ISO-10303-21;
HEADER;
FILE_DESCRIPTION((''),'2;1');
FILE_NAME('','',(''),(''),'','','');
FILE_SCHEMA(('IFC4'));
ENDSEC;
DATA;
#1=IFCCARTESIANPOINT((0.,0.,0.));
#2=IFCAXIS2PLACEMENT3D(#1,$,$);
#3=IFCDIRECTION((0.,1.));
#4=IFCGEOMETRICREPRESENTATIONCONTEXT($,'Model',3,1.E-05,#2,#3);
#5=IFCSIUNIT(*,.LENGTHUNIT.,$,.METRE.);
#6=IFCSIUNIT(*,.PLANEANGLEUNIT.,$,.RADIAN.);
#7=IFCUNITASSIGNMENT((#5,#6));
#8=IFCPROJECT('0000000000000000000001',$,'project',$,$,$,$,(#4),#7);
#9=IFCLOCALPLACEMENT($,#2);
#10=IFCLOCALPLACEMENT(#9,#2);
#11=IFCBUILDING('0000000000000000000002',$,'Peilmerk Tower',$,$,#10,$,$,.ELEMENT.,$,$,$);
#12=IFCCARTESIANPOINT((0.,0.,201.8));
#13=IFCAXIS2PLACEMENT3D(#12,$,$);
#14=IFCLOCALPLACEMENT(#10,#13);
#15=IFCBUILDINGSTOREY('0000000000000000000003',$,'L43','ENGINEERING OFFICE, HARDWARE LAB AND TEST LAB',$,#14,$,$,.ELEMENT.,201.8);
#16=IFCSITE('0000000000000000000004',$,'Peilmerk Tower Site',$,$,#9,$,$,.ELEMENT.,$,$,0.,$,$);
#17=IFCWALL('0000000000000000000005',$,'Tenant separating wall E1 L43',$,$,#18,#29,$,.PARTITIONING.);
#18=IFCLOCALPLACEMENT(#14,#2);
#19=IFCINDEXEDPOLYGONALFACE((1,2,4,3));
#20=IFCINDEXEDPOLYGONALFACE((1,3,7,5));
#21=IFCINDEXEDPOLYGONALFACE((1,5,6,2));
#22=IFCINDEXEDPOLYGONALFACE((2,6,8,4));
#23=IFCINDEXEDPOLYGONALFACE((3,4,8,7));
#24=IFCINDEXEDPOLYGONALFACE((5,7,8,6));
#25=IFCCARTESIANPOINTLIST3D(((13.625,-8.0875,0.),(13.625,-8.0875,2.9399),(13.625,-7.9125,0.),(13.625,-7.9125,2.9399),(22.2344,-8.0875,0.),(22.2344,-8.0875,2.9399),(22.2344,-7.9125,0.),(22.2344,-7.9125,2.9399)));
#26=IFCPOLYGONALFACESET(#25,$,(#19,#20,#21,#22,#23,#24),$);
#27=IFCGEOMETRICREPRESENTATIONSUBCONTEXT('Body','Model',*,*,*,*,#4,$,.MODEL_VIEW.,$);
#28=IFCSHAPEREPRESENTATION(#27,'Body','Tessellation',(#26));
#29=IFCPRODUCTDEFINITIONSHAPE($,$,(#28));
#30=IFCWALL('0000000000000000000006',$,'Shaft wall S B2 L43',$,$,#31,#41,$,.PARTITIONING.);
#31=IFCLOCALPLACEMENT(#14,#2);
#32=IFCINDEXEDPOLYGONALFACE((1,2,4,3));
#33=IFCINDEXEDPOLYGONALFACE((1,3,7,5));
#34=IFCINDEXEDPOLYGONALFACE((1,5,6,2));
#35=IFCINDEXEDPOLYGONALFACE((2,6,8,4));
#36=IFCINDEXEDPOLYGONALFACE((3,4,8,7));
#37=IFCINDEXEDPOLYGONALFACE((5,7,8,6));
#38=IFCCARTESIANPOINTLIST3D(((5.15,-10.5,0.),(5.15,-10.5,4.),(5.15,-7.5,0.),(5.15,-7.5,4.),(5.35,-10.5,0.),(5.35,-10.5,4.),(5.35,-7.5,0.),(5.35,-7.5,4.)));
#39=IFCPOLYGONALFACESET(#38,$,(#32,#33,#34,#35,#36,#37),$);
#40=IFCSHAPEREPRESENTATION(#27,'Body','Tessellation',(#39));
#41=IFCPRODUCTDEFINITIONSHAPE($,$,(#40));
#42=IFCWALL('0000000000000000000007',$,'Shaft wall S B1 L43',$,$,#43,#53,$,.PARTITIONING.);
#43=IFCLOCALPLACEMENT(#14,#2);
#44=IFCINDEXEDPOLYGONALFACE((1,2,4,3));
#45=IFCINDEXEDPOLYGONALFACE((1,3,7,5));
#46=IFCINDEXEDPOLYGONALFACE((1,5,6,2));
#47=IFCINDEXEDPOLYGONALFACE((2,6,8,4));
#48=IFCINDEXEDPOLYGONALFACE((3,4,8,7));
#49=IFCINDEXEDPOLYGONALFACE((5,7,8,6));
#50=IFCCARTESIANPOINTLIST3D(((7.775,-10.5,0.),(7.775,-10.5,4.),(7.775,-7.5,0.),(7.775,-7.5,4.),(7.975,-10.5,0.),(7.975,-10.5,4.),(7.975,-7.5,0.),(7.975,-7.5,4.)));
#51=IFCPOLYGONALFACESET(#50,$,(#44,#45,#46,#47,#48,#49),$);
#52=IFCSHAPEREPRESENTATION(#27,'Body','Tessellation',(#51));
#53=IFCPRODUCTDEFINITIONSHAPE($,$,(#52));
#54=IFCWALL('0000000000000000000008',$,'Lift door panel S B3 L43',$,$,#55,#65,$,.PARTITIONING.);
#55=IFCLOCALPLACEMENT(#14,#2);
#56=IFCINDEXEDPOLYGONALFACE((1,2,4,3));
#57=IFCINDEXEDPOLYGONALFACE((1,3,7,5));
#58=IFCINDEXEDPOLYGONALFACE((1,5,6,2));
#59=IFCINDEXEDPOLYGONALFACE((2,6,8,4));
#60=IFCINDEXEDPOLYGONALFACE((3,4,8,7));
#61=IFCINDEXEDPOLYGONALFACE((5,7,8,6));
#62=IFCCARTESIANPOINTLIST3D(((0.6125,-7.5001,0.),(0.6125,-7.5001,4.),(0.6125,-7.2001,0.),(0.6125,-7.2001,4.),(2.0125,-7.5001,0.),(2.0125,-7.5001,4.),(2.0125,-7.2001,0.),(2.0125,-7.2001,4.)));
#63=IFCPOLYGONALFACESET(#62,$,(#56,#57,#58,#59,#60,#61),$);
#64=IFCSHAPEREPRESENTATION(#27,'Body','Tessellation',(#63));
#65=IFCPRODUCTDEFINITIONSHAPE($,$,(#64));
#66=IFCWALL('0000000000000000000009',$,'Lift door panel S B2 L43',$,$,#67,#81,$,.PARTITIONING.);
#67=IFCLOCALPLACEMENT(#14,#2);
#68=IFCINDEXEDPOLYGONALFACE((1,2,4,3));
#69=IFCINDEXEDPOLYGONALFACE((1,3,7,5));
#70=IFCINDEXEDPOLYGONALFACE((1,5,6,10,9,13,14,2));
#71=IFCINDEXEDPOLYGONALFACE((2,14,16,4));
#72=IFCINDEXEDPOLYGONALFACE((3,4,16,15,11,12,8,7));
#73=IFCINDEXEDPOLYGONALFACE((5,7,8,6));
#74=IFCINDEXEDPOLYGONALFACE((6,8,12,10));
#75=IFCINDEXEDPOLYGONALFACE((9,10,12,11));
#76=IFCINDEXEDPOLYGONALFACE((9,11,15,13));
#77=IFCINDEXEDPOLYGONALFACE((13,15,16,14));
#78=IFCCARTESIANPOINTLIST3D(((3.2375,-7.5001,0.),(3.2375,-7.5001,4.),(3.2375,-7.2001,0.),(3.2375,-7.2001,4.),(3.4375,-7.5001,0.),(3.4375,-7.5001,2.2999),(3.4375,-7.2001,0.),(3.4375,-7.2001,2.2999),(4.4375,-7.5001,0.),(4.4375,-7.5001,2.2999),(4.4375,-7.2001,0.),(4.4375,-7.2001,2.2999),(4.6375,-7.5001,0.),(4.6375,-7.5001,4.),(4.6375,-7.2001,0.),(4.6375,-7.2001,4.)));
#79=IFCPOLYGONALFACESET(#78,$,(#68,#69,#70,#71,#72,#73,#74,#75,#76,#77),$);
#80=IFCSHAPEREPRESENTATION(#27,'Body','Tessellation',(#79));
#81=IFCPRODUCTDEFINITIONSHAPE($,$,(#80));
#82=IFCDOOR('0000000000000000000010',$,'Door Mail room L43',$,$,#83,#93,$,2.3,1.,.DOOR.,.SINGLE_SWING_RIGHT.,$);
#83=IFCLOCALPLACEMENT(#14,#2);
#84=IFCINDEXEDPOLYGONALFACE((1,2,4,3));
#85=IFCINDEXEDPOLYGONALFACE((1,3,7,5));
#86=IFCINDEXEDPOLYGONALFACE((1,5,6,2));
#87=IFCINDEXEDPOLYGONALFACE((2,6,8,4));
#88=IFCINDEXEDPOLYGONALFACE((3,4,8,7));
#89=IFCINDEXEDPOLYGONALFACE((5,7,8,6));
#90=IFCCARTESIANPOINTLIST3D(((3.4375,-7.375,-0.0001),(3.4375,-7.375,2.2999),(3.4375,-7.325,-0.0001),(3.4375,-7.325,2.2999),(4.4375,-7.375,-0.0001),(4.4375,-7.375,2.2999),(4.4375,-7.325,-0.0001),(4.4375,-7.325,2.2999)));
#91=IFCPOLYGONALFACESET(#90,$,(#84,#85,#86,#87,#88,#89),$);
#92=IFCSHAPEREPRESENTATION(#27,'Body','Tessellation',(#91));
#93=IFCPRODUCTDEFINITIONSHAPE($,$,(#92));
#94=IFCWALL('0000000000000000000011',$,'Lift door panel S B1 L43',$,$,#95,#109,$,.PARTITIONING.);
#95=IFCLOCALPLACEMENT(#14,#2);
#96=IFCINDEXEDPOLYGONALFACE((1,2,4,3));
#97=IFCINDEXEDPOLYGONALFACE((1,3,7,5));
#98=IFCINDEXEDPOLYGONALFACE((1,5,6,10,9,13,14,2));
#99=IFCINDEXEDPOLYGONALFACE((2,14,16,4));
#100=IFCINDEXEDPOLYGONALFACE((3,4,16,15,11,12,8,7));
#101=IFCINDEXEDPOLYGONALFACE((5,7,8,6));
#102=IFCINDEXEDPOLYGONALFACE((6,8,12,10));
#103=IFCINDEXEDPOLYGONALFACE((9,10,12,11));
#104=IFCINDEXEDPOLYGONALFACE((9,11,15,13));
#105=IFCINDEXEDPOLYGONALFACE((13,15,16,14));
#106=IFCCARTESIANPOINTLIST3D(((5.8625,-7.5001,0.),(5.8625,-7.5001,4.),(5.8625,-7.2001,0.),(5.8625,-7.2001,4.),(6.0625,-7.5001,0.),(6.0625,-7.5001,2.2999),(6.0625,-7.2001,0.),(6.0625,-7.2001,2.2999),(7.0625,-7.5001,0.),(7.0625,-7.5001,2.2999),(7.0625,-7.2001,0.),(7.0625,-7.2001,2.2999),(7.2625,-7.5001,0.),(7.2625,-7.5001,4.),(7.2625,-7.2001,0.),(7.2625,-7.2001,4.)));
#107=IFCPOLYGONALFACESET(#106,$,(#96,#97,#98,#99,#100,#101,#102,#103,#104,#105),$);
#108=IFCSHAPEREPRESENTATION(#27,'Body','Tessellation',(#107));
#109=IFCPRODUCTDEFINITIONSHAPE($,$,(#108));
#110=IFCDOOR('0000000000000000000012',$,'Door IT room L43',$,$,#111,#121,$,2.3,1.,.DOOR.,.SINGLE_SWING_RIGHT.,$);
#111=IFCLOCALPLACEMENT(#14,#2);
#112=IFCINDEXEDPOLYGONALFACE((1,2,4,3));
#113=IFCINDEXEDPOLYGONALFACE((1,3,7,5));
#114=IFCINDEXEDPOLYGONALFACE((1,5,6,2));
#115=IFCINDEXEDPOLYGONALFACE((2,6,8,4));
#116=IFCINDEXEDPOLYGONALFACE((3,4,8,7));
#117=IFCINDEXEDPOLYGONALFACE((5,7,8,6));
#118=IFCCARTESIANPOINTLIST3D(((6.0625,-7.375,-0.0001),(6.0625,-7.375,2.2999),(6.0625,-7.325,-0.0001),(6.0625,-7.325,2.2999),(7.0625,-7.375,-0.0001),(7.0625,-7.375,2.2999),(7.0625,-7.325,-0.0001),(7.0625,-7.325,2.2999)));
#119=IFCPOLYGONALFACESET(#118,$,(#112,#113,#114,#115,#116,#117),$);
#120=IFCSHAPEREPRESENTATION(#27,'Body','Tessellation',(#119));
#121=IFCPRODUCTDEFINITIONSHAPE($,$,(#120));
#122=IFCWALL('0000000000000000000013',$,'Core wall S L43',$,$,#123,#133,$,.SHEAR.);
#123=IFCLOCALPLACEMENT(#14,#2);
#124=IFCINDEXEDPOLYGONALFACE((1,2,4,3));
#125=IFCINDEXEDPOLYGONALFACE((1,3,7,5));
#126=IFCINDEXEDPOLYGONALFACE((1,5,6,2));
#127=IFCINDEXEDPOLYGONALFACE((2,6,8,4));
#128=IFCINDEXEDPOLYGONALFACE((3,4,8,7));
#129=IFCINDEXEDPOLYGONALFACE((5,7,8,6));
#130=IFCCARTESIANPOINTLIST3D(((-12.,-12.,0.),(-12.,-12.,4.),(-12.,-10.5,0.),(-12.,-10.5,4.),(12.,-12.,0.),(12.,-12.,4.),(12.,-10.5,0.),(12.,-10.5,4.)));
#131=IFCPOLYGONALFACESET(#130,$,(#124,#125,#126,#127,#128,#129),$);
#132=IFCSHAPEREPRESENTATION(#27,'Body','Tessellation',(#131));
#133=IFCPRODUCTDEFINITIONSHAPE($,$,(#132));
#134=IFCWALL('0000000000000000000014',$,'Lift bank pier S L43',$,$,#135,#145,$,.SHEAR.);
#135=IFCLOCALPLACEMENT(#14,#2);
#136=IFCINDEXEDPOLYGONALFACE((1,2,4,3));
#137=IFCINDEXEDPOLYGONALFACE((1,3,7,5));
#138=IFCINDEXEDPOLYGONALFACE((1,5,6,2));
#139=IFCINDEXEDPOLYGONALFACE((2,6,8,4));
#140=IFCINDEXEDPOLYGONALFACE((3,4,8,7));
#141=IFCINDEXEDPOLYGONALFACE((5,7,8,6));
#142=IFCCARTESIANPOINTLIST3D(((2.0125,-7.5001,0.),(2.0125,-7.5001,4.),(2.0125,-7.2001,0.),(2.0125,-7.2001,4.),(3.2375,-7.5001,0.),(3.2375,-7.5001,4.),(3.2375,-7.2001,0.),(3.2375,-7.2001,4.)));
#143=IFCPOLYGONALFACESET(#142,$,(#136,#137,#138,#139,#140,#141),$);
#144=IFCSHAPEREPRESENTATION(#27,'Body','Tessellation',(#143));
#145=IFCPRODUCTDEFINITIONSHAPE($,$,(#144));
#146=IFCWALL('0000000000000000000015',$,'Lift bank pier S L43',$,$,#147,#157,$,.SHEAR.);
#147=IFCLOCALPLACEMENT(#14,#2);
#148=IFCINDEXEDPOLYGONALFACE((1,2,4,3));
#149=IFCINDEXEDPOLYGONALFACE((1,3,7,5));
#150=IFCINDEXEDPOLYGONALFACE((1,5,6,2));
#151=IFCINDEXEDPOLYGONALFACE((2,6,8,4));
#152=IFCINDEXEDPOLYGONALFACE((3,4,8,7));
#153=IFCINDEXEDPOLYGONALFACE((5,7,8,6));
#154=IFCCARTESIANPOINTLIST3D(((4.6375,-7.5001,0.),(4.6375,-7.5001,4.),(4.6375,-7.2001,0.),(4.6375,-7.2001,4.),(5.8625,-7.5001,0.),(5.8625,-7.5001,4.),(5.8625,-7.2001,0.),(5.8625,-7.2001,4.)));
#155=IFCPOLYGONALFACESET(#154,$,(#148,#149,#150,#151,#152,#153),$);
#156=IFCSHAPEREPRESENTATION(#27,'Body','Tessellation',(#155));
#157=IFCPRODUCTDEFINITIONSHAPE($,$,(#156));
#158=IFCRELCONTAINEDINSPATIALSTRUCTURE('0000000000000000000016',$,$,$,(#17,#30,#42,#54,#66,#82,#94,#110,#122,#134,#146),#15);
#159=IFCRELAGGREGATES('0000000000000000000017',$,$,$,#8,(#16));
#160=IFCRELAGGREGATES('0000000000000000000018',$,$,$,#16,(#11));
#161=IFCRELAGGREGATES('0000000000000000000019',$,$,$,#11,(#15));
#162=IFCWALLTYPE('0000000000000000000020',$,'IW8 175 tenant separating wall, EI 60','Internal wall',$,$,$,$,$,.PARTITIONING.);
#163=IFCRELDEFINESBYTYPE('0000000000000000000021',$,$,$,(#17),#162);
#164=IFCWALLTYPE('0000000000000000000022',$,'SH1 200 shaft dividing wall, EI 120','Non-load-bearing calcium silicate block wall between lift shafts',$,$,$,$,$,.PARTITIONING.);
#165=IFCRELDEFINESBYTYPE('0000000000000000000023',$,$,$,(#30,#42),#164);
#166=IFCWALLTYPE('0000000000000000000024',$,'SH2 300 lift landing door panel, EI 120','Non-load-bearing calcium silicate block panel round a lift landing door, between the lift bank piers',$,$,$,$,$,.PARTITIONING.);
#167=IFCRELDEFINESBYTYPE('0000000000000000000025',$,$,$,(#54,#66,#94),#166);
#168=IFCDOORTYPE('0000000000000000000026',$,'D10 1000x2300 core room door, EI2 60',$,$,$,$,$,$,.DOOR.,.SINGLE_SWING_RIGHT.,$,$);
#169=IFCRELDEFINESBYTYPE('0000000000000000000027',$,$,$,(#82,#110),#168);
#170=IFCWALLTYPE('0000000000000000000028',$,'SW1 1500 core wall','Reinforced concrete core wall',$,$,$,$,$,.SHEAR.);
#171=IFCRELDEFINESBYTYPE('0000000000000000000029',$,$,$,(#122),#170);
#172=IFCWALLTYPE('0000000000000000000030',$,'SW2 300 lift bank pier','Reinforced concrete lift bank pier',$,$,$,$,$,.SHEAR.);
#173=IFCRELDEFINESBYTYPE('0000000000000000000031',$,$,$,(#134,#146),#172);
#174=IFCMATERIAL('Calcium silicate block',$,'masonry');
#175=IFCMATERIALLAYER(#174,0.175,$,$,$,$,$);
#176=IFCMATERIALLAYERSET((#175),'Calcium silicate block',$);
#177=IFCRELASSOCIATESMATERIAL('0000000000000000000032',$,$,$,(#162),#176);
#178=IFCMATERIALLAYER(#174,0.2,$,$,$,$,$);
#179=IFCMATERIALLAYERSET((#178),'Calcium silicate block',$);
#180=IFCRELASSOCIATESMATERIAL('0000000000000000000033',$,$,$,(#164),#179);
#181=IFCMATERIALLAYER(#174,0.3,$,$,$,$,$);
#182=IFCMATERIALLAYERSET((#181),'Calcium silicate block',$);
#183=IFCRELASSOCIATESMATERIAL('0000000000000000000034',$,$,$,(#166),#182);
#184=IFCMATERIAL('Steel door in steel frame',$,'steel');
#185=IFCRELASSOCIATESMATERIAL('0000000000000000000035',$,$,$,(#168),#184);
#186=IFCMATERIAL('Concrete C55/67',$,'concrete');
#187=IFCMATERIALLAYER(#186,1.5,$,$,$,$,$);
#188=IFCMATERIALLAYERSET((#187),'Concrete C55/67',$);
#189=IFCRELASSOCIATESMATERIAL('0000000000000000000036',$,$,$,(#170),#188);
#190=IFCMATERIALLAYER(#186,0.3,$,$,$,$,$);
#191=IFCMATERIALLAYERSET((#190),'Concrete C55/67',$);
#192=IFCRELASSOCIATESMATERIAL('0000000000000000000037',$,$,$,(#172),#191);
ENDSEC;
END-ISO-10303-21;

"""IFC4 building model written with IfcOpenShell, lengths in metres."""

from ifc_helpers import new_model, si_unit, direction, frame, frame_2d, origin, place, context, subcontext, project, spatial, rectangle, extrude, material, layer, layer_set, type_object, element, fill, save


model = new_model("IFC4")

# Units and contexts
model_context = context("Model", 3, precision=1e-05, world=origin(), true_north=direction((0.0, 1.0)))
body_context = subcontext(model_context, "Body", "Model", "MODEL_VIEW")
ifc_project = project(units=[si_unit("LENGTHUNIT", "METRE"), si_unit("PLANEANGLEUNIT", "RADIAN")], contexts=[model_context])

# Site, building, storey
site_placement = place(None, origin())
site = spatial("IfcSite", under=ifc_project, at=site_placement, Name="Peilmerk Tower Site", CompositionType="ELEMENT", RefElevation=0.0)
building_placement = place(site_placement, origin())
building = spatial("IfcBuilding", under=site, at=building_placement, Name="Peilmerk Tower", CompositionType="ELEMENT")
storey_placement = place(building_placement, frame((0.0, 0.0, 201.8)))
storey = spatial("IfcBuildingStorey", under=building, at=storey_placement, Name="L43", Description="ENGINEERING OFFICE, HARDWARE LAB AND TEST LAB", CompositionType="ELEMENT", Elevation=201.8)

# Shared definitions
ifc_material_1 = material(Name="Calcium silicate block", Category="masonry")

# Walls
ifc_layer_1 = layer(ifc_material_1, 0.175)
ifc_layer_set_1 = layer_set([ifc_layer_1], Name="Calcium silicate block")
wall_type_1 = type_object("IfcWallType", Name="IW8 175 tenant separating wall, EI 60", Description="Internal wall", PredefinedType="PARTITIONING", material=ifc_layer_set_1)
wall_1_placement = place(storey_placement, frame((13.625, -8.0, 0.0), z_axis=(0.0, 0.0, 1.0), x_axis=(1.0, 0.0, 0.0)))
element("IfcWall", 1, at=wall_1_placement, inside=storey, type_object=wall_type_1, Name="Tenant separating wall E1 L43", PredefinedType="PARTITIONING", context=body_context, shape_type="SweptSolid", body=[
    extrude(rectangle(XDim=8.6094, YDim=0.175, at=frame_2d((4.3047, 0.0))), origin(), (0.0, 0.0, 1.0), 2.9399),
])
ifc_layer_2 = layer(ifc_material_1, 0.2)
ifc_layer_set_2 = layer_set([ifc_layer_2], Name="Calcium silicate block")
wall_type_2 = type_object("IfcWallType", Name="SH1 200 shaft dividing wall, EI 120", Description="Non-load-bearing calcium silicate block wall between lift shafts", PredefinedType="PARTITIONING", material=ifc_layer_set_2)
for number, where, z_axis, x_axis, name in (
    (2, (5.25, -10.5, 0.0), (0.0, 0.0, 1.0), (0.0, 1.0, 0.0), "Shaft wall S B2 L43"),
    (3, (7.875, -10.5, 0.0), (0.0, 0.0, 1.0), (0.0, 1.0, 0.0), "Shaft wall S B1 L43"),
):
    element("IfcWall", number, at=place(storey_placement, frame(where, z_axis=z_axis, x_axis=x_axis)), inside=storey, type_object=wall_type_2, Name=name, PredefinedType="PARTITIONING", context=body_context, shape_type="SweptSolid", body=[
        extrude(rectangle(XDim=3.0, YDim=0.2, at=frame_2d((1.5, 0.0))), origin(), (0.0, 0.0, 1.0), 4.0),
    ])
ifc_layer_3 = layer(ifc_material_1, 0.3)
ifc_layer_set_3 = layer_set([ifc_layer_3], Name="Calcium silicate block")
wall_type_3 = type_object("IfcWallType", Name="SH2 300 lift landing door panel, EI 120", Description="Non-load-bearing calcium silicate block panel round a lift landing door, between the lift bank piers", PredefinedType="PARTITIONING", material=ifc_layer_set_3)
wall_2_placement = place(storey_placement, frame((0.6125, -7.3501, 0.0), z_axis=(0.0, 0.0, 1.0), x_axis=(1.0, 0.0, 0.0)))
element("IfcWall", 4, at=wall_2_placement, inside=storey, type_object=wall_type_3, Name="Lift door panel S B3 L43", PredefinedType="PARTITIONING", context=body_context, shape_type="SweptSolid", body=[
    extrude(rectangle(XDim=1.3999, YDim=0.3, at=frame_2d((0.7, 0.0))), origin(), (0.0, 0.0, 1.0), 4.0),
])

# Walls, openings, doors
wall_3_placement = place(storey_placement, frame((3.2375, -7.3501, 0.0), z_axis=(0.0, 0.0, 1.0), x_axis=(1.0, 0.0, 0.0)))
wall_3 = element("IfcWall", 5, at=wall_3_placement, inside=storey, type_object=wall_type_3, Name="Lift door panel S B2 L43", PredefinedType="PARTITIONING", context=body_context, shape_type="SweptSolid", body=[
    extrude(rectangle(XDim=1.3999, YDim=0.3, at=frame_2d((0.7, 0.0))), origin(), (0.0, 0.0, 1.0), 4.0),
])
opening_1_placement = place(wall_3_placement, frame((0.2, 0.0, 0.0)))
opening_1 = element("IfcOpeningElement", 6, at=opening_1_placement, cuts=wall_3, PredefinedType="OPENING", context=body_context, shape_type="SweptSolid", body=[
    extrude(rectangle(XDim=1.0, YDim=2.3, at=frame_2d((0.5, 1.1499))), frame((0.0, 0.1599, 0.0), z_axis=(0.0, -1.0, 0.0), x_axis=(1.0, 0.0, 0.0)), (0.0, 0.0, 1.0), 0.3201),
])
ifc_material_2 = material(Name="Steel door in steel frame", Category="steel")
door_type_1 = type_object("IfcDoorType", Name="D10 1000x2300 core room door, EI2 60", OperationType="SINGLE_SWING_RIGHT", PredefinedType="DOOR", material=ifc_material_2)
door_1_placement = place(opening_1_placement, frame((1.0, 0.0, 0.0), z_axis=(0.0, 0.0, 1.0), x_axis=(-1.0, 0.0, 0.0)))
door_1 = element("IfcDoor", 7, at=door_1_placement, inside=storey, type_object=door_type_1, Name="Door Mail room L43", OperationType="SINGLE_SWING_RIGHT", OverallHeight=2.3, OverallWidth=1.0, PredefinedType="DOOR", context=body_context, shape_type="SweptSolid", body=[
    extrude(rectangle(XDim=1.0, YDim=2.3, at=frame_2d((0.5, 1.1499))), frame((0.0, 0.0249, 0.0), z_axis=(0.0, -1.0, 0.0), x_axis=(1.0, 0.0, 0.0)), (0.0, 0.0, 1.0), 0.05),
])
fill(opening_1, door_1)
wall_4_placement = place(storey_placement, frame((5.8625, -7.3501, 0.0), z_axis=(0.0, 0.0, 1.0), x_axis=(1.0, 0.0, 0.0)))
wall_4 = element("IfcWall", 8, at=wall_4_placement, inside=storey, type_object=wall_type_3, Name="Lift door panel S B1 L43", PredefinedType="PARTITIONING", context=body_context, shape_type="SweptSolid", body=[
    extrude(rectangle(XDim=1.3999, YDim=0.3, at=frame_2d((0.7, 0.0))), origin(), (0.0, 0.0, 1.0), 4.0),
])
opening_2_placement = place(wall_4_placement, frame((0.2, 0.0, 0.0)))
opening_2 = element("IfcOpeningElement", 9, at=opening_2_placement, cuts=wall_4, PredefinedType="OPENING", context=body_context, shape_type="SweptSolid", body=[
    extrude(rectangle(XDim=1.0, YDim=2.3, at=frame_2d((0.5, 1.1499))), frame((0.0, 0.1599, 0.0), z_axis=(0.0, -1.0, 0.0), x_axis=(1.0, 0.0, 0.0)), (0.0, 0.0, 1.0), 0.3201),
])
door_2_placement = place(opening_2_placement, frame((1.0, 0.0, 0.0), z_axis=(0.0, 0.0, 1.0), x_axis=(-1.0, 0.0, 0.0)))
door_2 = element("IfcDoor", 10, at=door_2_placement, inside=storey, type_object=door_type_1, Name="Door IT room L43", OperationType="SINGLE_SWING_RIGHT", OverallHeight=2.3, OverallWidth=1.0, PredefinedType="DOOR", context=body_context, shape_type="SweptSolid", body=[
    extrude(rectangle(XDim=1.0, YDim=2.3, at=frame_2d((0.5, 1.1499))), frame((0.0, 0.0249, 0.0), z_axis=(0.0, -1.0, 0.0), x_axis=(1.0, 0.0, 0.0)), (0.0, 0.0, 1.0), 0.05),
])
fill(opening_2, door_2)

# Walls
ifc_material_3 = material(Name="Concrete C55/67", Category="concrete")
ifc_layer_4 = layer(ifc_material_3, 1.5)
ifc_layer_set_4 = layer_set([ifc_layer_4], Name="Concrete C55/67")
wall_type_4 = type_object("IfcWallType", Name="SW1 1500 core wall", Description="Reinforced concrete core wall", PredefinedType="SHEAR", material=ifc_layer_set_4)
wall_5_placement = place(storey_placement, frame((12.0, -11.25, 0.0), z_axis=(0.0, 0.0, 1.0), x_axis=(-1.0, 0.0, 0.0)))
element("IfcWall", 11, at=wall_5_placement, inside=storey, type_object=wall_type_4, Name="Core wall S L43", PredefinedType="SHEAR", context=body_context, shape_type="SweptSolid", body=[
    extrude(rectangle(XDim=24.0, YDim=1.5, at=frame_2d((12.0, 0.0))), origin(), (0.0, 0.0, 1.0), 4.0),
])
ifc_layer_5 = layer(ifc_material_3, 0.3)
ifc_layer_set_5 = layer_set([ifc_layer_5], Name="Concrete C55/67")
wall_type_5 = type_object("IfcWallType", Name="SW2 300 lift bank pier", Description="Reinforced concrete lift bank pier", PredefinedType="SHEAR", material=ifc_layer_set_5)
for number, where, z_axis, x_axis, name in (
    (12, (2.0125, -7.3501, 0.0), (0.0, 0.0, 1.0), (1.0, 0.0, 0.0), "Lift bank pier S L43"),
    (13, (4.6375, -7.3501, 0.0), (0.0, 0.0, 1.0), (1.0, 0.0, 0.0), "Lift bank pier S L43"),
):
    element("IfcWall", number, at=place(storey_placement, frame(where, z_axis=z_axis, x_axis=x_axis)), inside=storey, type_object=wall_type_5, Name=name, PredefinedType="SHEAR", context=body_context, shape_type="SweptSolid", body=[
        extrude(rectangle(XDim=1.2251, YDim=0.3, at=frame_2d((0.6125, 0.0))), origin(), (0.0, 0.0, 1.0), 4.0),
    ])

save(model, "model.ifc")
